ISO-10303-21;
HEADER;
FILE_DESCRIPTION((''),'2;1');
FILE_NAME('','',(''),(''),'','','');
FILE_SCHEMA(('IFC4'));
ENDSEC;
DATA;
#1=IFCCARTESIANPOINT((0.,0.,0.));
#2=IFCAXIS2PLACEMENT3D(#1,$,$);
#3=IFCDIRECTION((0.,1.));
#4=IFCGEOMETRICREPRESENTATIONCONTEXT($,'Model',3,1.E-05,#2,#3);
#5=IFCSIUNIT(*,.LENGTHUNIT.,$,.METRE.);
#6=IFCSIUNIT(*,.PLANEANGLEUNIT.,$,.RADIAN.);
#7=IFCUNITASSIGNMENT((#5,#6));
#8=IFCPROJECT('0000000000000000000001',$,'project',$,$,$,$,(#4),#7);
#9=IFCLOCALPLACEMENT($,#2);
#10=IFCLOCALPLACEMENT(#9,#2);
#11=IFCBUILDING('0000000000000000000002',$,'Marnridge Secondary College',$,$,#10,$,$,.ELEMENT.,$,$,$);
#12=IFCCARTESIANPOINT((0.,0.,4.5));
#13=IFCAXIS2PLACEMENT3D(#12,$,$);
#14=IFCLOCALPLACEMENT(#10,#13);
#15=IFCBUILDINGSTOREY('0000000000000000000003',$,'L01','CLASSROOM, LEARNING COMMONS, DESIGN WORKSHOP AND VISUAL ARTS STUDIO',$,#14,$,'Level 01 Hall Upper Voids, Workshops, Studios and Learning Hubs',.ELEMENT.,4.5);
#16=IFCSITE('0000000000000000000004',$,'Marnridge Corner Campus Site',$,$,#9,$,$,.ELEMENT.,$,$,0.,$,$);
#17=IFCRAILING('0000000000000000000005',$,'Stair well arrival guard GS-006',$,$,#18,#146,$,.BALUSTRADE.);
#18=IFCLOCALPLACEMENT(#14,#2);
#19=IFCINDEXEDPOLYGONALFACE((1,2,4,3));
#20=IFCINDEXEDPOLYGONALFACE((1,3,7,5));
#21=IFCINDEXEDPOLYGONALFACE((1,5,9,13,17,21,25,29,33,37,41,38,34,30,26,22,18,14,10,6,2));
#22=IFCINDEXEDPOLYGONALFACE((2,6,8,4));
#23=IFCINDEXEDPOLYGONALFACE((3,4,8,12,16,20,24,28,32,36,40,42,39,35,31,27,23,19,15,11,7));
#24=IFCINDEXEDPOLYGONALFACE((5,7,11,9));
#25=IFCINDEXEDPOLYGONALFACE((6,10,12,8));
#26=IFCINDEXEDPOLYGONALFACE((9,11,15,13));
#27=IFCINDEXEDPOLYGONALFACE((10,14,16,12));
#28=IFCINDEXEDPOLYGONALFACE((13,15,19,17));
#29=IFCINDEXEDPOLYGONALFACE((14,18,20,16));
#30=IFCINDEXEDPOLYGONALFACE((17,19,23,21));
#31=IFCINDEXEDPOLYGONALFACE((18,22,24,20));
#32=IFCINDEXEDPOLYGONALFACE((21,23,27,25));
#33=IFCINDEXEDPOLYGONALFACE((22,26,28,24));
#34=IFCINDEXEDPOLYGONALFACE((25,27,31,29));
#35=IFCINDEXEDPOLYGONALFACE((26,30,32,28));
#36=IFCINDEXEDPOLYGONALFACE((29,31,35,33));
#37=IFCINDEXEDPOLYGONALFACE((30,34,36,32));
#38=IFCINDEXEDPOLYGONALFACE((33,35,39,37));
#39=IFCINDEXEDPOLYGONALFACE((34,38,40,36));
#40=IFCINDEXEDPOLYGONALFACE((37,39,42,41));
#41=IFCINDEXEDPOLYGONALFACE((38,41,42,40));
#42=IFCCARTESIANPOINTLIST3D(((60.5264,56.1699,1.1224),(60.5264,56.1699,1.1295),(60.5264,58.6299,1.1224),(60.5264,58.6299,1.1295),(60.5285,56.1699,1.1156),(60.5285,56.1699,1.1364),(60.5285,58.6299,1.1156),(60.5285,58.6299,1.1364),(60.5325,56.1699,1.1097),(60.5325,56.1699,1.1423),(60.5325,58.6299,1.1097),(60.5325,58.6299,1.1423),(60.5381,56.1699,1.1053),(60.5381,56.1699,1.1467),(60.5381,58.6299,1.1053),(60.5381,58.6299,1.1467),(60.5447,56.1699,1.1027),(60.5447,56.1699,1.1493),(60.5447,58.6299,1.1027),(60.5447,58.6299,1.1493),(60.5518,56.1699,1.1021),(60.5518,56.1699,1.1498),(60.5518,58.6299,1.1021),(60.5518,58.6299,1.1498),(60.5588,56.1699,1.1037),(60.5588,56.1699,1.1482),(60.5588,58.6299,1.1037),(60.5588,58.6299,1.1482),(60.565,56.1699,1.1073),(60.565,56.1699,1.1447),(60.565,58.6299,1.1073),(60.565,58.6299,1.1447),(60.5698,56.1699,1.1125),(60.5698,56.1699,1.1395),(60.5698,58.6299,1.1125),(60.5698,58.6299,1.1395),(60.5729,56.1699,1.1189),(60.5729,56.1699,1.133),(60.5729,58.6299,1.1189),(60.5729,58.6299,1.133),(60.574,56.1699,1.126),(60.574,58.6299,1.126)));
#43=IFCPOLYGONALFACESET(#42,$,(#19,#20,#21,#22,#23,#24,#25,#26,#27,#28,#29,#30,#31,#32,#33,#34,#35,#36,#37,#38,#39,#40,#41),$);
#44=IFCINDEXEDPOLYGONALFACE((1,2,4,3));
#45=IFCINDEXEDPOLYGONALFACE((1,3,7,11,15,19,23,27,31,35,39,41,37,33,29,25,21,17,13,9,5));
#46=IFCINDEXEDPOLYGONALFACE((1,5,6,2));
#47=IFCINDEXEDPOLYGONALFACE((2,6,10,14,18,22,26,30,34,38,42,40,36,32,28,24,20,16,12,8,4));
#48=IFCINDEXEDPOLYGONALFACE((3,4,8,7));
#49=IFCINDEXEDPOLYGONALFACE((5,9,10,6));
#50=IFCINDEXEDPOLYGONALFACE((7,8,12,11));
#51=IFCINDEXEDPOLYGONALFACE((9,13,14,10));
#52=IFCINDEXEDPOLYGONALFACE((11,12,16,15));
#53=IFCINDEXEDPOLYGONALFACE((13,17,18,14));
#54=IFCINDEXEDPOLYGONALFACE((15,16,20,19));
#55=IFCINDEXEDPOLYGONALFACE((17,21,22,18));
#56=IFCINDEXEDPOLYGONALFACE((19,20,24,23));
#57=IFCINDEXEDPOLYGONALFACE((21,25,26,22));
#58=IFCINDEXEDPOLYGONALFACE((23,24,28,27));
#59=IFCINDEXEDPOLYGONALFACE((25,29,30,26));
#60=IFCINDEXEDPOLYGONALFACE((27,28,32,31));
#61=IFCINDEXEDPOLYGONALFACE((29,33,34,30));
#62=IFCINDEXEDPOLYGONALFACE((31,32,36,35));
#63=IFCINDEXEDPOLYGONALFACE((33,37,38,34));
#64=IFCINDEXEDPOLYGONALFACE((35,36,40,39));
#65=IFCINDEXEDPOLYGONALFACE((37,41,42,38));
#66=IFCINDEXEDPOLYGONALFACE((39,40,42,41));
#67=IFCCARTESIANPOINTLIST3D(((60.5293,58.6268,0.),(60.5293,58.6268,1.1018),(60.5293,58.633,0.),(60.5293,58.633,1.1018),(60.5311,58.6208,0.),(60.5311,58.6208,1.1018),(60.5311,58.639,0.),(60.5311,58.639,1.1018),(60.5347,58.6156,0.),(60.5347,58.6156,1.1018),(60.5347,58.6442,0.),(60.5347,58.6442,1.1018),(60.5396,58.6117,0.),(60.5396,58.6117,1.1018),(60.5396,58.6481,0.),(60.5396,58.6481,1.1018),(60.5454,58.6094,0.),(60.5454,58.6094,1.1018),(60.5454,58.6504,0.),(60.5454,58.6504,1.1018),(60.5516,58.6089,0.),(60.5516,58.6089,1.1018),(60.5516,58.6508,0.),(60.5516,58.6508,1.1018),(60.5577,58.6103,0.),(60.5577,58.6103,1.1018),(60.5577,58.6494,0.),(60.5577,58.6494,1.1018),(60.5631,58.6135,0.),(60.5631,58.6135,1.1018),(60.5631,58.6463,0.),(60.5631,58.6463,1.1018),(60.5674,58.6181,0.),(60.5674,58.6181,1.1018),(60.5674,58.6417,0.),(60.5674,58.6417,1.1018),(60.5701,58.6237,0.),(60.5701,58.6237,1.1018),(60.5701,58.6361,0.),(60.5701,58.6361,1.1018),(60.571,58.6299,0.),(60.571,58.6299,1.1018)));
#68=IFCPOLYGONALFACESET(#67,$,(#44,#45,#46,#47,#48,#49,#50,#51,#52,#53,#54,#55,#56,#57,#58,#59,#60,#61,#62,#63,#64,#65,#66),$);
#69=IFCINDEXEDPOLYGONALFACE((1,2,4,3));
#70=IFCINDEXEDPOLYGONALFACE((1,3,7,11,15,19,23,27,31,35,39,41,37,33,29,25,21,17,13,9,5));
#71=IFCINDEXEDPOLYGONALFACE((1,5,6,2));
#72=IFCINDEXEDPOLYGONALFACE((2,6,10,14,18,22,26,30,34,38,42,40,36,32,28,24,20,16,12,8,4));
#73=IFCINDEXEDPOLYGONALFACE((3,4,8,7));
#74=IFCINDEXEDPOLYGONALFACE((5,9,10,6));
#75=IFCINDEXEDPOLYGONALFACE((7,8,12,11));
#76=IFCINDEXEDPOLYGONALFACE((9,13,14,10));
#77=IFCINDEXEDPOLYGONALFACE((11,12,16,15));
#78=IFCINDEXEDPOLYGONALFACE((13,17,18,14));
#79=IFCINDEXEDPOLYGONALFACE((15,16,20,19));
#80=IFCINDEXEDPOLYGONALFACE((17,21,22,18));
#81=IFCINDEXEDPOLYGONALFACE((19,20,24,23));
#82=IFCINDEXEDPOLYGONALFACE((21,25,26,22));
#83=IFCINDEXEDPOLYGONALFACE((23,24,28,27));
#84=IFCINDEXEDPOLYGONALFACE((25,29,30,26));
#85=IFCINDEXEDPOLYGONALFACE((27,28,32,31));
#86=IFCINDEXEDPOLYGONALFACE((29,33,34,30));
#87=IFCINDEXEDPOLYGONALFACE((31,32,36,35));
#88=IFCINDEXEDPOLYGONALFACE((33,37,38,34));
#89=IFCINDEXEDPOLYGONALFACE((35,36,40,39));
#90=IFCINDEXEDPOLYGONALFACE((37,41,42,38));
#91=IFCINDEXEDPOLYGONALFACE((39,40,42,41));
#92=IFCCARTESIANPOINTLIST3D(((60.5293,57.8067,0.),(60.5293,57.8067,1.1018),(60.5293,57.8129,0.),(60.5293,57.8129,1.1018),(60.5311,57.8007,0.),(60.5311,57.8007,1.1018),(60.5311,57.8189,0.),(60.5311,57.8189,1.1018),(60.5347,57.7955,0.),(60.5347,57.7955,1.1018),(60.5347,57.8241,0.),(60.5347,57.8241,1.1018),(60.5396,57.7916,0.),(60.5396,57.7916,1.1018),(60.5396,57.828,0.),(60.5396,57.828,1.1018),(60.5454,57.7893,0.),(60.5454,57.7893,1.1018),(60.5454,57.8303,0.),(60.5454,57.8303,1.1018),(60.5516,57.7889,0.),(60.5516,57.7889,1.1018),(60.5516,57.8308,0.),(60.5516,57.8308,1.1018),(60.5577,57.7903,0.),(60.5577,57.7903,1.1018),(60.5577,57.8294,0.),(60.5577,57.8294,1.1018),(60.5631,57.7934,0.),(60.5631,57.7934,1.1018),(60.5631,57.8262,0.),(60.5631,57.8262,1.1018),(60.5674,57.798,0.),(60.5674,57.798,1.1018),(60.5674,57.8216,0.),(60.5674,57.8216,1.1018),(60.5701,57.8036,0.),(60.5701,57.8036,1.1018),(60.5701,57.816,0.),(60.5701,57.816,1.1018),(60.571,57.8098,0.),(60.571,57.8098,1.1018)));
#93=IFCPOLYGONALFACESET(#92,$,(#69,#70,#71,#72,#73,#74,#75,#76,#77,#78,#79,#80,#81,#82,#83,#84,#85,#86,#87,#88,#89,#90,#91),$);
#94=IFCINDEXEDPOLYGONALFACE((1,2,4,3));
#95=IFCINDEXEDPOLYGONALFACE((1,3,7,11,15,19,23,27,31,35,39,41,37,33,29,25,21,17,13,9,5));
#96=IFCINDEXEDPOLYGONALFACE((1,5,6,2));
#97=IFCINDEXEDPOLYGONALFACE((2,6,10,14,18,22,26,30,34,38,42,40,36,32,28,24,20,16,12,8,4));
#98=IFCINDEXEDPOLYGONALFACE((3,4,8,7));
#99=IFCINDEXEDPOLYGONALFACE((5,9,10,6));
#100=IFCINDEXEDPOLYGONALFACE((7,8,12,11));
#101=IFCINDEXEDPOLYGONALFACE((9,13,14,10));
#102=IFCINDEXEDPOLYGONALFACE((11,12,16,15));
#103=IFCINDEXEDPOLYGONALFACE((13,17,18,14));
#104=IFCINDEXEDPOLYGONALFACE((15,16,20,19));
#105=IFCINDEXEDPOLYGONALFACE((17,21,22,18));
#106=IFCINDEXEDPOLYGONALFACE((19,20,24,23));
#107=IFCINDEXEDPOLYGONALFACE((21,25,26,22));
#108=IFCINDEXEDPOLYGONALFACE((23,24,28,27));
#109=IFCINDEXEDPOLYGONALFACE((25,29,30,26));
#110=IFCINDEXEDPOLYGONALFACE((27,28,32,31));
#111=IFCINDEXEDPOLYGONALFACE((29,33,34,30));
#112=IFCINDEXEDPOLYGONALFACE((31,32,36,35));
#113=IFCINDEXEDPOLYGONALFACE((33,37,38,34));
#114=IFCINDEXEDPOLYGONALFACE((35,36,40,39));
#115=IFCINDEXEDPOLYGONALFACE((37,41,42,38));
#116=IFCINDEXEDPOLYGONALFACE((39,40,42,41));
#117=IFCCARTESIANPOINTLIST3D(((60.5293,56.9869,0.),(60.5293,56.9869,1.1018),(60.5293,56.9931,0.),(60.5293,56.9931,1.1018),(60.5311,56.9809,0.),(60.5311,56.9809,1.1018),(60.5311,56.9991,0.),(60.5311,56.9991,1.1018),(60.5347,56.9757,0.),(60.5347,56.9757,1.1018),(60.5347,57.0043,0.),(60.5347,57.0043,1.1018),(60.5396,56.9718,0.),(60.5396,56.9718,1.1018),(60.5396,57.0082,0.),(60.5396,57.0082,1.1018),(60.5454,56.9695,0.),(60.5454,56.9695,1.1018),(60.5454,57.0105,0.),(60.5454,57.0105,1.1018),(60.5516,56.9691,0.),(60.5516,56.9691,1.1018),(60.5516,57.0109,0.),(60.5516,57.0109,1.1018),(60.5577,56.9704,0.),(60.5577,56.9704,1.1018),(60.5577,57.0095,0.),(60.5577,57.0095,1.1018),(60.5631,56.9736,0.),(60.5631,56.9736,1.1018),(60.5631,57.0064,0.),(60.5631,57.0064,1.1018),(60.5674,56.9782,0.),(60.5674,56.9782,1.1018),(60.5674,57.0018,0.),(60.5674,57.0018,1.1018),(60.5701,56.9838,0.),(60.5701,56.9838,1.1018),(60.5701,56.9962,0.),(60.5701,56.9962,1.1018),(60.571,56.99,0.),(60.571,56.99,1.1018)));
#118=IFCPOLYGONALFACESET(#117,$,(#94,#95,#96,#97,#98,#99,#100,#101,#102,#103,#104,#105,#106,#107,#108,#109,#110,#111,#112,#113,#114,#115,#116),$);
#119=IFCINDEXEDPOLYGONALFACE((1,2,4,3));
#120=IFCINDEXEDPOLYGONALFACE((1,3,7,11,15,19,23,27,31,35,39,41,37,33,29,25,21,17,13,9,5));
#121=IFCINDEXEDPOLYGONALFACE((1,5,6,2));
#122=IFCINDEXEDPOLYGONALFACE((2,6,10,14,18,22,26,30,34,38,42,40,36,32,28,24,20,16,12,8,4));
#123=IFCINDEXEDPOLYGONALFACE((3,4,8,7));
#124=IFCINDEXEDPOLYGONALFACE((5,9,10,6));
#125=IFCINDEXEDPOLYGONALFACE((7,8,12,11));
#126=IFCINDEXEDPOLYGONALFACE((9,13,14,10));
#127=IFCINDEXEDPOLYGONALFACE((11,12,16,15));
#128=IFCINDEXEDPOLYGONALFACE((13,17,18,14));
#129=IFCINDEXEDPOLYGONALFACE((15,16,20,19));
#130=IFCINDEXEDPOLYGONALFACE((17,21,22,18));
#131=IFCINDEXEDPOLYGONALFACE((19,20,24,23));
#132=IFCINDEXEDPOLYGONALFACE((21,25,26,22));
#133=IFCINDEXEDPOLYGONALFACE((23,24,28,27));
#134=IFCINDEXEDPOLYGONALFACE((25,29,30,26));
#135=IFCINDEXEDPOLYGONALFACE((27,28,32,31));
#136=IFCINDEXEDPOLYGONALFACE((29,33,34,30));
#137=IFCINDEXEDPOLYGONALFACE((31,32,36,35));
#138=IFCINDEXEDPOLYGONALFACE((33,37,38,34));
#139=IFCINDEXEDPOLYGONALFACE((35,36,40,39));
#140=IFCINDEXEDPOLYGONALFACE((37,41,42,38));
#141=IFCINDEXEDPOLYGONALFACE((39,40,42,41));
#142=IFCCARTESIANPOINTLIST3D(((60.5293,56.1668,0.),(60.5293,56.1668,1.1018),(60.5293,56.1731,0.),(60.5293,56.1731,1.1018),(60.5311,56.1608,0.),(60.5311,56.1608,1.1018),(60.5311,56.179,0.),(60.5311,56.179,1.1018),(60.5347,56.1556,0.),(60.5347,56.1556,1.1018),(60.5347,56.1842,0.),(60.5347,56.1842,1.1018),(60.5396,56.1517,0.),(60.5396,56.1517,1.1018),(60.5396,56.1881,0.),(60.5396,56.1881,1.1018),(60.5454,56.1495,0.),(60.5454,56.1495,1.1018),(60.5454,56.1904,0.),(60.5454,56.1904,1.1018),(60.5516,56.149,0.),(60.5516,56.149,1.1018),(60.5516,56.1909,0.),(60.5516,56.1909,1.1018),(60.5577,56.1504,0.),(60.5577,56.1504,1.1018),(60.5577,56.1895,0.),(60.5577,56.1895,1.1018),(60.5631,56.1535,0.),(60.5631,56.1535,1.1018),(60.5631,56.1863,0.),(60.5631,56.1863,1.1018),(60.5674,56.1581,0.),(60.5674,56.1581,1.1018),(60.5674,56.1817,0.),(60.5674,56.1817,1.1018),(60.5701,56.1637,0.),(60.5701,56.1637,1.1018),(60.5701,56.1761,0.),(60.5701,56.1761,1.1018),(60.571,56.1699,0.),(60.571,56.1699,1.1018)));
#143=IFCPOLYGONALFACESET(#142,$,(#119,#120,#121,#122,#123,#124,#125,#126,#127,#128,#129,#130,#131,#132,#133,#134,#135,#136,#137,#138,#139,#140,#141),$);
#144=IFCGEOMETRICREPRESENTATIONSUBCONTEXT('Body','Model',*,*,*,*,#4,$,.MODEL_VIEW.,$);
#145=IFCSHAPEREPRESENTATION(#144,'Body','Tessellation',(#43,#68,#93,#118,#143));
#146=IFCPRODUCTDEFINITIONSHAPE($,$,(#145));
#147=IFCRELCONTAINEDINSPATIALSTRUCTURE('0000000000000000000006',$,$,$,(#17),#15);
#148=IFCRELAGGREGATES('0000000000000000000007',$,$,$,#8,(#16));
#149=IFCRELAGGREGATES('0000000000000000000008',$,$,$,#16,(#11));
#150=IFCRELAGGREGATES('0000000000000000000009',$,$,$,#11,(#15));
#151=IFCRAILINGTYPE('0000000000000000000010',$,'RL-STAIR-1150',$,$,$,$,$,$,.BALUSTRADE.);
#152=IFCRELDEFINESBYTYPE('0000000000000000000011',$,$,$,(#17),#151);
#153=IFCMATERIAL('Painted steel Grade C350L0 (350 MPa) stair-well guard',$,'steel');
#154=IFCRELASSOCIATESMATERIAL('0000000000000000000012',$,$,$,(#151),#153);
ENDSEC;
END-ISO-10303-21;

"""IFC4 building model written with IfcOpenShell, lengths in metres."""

from ifc_helpers import new_model, si_unit, direction, frame, origin, origin_2d, place, context, subcontext, project, spatial, circle, extrude, material, type_object, element, save


model = new_model("IFC4")

# Units and contexts
model_context = context("Model", 3, precision=1e-05, world=origin(), true_north=direction((0.0, 1.0)))
body_context = subcontext(model_context, "Body", "Model", "MODEL_VIEW")
ifc_project = project(units=[si_unit("LENGTHUNIT", "METRE"), si_unit("PLANEANGLEUNIT", "RADIAN")], contexts=[model_context])

# Site, building, storey
site_placement = place(None, origin())
site = spatial("IfcSite", under=ifc_project, at=site_placement, Name="Marnridge Corner Campus Site", CompositionType="ELEMENT", RefElevation=0.0)
building_placement = place(site_placement, origin())
building = spatial("IfcBuilding", under=site, at=building_placement, Name="Marnridge Secondary College", CompositionType="ELEMENT")
storey_placement = place(building_placement, frame((0.0, 0.0, 4.5)))
storey = spatial("IfcBuildingStorey", under=building, at=storey_placement, Name="L01", Description="CLASSROOM, LEARNING COMMONS, DESIGN WORKSHOP AND VISUAL ARTS STUDIO", LongName="Level 01 Hall Upper Voids, Workshops, Studios and Learning Hubs", CompositionType="ELEMENT", Elevation=4.5)

# Railing
ifc_material_1 = material(Name="Painted steel Grade C350L0 (350 MPa) stair-well guard", Category="steel")
railing_type_1 = type_object("IfcRailingType", Name="RL-STAIR-1150", PredefinedType="BALUSTRADE", material=ifc_material_1)
railing_1_placement = place(storey_placement, frame((60.55, 58.6299, 0.0)))
element("IfcRailing", 1, at=railing_1_placement, inside=storey, type_object=railing_type_1, Name="Stair well arrival guard GS-006", PredefinedType="BALUSTRADE", context=body_context, shape_type="SweptSolid", body=[
    extrude(circle(Radius=0.0239, at=origin_2d()), frame((0.0, 0.0, 1.126), z_axis=(0.0, -1.0, 0.0), x_axis=(1.0, 0.0, 0.0)), (0.0, 0.0, 1.0), 2.46),
    extrude(circle(Radius=0.021, at=origin_2d()), origin(), (0.0, 0.0, 1.0), 1.1018),
    extrude(circle(Radius=0.021, at=origin_2d()), frame((0.0, -0.8201, 0.0)), (0.0, 0.0, 1.0), 1.1018),
    extrude(circle(Radius=0.021, at=origin_2d()), frame((0.0, -1.6399, 0.0)), (0.0, 0.0, 1.0), 1.1018),
    extrude(circle(Radius=0.021, at=origin_2d()), frame((0.0, -2.46, 0.0)), (0.0, 0.0, 1.0), 1.1018),
])

save(model, "model.ifc")
